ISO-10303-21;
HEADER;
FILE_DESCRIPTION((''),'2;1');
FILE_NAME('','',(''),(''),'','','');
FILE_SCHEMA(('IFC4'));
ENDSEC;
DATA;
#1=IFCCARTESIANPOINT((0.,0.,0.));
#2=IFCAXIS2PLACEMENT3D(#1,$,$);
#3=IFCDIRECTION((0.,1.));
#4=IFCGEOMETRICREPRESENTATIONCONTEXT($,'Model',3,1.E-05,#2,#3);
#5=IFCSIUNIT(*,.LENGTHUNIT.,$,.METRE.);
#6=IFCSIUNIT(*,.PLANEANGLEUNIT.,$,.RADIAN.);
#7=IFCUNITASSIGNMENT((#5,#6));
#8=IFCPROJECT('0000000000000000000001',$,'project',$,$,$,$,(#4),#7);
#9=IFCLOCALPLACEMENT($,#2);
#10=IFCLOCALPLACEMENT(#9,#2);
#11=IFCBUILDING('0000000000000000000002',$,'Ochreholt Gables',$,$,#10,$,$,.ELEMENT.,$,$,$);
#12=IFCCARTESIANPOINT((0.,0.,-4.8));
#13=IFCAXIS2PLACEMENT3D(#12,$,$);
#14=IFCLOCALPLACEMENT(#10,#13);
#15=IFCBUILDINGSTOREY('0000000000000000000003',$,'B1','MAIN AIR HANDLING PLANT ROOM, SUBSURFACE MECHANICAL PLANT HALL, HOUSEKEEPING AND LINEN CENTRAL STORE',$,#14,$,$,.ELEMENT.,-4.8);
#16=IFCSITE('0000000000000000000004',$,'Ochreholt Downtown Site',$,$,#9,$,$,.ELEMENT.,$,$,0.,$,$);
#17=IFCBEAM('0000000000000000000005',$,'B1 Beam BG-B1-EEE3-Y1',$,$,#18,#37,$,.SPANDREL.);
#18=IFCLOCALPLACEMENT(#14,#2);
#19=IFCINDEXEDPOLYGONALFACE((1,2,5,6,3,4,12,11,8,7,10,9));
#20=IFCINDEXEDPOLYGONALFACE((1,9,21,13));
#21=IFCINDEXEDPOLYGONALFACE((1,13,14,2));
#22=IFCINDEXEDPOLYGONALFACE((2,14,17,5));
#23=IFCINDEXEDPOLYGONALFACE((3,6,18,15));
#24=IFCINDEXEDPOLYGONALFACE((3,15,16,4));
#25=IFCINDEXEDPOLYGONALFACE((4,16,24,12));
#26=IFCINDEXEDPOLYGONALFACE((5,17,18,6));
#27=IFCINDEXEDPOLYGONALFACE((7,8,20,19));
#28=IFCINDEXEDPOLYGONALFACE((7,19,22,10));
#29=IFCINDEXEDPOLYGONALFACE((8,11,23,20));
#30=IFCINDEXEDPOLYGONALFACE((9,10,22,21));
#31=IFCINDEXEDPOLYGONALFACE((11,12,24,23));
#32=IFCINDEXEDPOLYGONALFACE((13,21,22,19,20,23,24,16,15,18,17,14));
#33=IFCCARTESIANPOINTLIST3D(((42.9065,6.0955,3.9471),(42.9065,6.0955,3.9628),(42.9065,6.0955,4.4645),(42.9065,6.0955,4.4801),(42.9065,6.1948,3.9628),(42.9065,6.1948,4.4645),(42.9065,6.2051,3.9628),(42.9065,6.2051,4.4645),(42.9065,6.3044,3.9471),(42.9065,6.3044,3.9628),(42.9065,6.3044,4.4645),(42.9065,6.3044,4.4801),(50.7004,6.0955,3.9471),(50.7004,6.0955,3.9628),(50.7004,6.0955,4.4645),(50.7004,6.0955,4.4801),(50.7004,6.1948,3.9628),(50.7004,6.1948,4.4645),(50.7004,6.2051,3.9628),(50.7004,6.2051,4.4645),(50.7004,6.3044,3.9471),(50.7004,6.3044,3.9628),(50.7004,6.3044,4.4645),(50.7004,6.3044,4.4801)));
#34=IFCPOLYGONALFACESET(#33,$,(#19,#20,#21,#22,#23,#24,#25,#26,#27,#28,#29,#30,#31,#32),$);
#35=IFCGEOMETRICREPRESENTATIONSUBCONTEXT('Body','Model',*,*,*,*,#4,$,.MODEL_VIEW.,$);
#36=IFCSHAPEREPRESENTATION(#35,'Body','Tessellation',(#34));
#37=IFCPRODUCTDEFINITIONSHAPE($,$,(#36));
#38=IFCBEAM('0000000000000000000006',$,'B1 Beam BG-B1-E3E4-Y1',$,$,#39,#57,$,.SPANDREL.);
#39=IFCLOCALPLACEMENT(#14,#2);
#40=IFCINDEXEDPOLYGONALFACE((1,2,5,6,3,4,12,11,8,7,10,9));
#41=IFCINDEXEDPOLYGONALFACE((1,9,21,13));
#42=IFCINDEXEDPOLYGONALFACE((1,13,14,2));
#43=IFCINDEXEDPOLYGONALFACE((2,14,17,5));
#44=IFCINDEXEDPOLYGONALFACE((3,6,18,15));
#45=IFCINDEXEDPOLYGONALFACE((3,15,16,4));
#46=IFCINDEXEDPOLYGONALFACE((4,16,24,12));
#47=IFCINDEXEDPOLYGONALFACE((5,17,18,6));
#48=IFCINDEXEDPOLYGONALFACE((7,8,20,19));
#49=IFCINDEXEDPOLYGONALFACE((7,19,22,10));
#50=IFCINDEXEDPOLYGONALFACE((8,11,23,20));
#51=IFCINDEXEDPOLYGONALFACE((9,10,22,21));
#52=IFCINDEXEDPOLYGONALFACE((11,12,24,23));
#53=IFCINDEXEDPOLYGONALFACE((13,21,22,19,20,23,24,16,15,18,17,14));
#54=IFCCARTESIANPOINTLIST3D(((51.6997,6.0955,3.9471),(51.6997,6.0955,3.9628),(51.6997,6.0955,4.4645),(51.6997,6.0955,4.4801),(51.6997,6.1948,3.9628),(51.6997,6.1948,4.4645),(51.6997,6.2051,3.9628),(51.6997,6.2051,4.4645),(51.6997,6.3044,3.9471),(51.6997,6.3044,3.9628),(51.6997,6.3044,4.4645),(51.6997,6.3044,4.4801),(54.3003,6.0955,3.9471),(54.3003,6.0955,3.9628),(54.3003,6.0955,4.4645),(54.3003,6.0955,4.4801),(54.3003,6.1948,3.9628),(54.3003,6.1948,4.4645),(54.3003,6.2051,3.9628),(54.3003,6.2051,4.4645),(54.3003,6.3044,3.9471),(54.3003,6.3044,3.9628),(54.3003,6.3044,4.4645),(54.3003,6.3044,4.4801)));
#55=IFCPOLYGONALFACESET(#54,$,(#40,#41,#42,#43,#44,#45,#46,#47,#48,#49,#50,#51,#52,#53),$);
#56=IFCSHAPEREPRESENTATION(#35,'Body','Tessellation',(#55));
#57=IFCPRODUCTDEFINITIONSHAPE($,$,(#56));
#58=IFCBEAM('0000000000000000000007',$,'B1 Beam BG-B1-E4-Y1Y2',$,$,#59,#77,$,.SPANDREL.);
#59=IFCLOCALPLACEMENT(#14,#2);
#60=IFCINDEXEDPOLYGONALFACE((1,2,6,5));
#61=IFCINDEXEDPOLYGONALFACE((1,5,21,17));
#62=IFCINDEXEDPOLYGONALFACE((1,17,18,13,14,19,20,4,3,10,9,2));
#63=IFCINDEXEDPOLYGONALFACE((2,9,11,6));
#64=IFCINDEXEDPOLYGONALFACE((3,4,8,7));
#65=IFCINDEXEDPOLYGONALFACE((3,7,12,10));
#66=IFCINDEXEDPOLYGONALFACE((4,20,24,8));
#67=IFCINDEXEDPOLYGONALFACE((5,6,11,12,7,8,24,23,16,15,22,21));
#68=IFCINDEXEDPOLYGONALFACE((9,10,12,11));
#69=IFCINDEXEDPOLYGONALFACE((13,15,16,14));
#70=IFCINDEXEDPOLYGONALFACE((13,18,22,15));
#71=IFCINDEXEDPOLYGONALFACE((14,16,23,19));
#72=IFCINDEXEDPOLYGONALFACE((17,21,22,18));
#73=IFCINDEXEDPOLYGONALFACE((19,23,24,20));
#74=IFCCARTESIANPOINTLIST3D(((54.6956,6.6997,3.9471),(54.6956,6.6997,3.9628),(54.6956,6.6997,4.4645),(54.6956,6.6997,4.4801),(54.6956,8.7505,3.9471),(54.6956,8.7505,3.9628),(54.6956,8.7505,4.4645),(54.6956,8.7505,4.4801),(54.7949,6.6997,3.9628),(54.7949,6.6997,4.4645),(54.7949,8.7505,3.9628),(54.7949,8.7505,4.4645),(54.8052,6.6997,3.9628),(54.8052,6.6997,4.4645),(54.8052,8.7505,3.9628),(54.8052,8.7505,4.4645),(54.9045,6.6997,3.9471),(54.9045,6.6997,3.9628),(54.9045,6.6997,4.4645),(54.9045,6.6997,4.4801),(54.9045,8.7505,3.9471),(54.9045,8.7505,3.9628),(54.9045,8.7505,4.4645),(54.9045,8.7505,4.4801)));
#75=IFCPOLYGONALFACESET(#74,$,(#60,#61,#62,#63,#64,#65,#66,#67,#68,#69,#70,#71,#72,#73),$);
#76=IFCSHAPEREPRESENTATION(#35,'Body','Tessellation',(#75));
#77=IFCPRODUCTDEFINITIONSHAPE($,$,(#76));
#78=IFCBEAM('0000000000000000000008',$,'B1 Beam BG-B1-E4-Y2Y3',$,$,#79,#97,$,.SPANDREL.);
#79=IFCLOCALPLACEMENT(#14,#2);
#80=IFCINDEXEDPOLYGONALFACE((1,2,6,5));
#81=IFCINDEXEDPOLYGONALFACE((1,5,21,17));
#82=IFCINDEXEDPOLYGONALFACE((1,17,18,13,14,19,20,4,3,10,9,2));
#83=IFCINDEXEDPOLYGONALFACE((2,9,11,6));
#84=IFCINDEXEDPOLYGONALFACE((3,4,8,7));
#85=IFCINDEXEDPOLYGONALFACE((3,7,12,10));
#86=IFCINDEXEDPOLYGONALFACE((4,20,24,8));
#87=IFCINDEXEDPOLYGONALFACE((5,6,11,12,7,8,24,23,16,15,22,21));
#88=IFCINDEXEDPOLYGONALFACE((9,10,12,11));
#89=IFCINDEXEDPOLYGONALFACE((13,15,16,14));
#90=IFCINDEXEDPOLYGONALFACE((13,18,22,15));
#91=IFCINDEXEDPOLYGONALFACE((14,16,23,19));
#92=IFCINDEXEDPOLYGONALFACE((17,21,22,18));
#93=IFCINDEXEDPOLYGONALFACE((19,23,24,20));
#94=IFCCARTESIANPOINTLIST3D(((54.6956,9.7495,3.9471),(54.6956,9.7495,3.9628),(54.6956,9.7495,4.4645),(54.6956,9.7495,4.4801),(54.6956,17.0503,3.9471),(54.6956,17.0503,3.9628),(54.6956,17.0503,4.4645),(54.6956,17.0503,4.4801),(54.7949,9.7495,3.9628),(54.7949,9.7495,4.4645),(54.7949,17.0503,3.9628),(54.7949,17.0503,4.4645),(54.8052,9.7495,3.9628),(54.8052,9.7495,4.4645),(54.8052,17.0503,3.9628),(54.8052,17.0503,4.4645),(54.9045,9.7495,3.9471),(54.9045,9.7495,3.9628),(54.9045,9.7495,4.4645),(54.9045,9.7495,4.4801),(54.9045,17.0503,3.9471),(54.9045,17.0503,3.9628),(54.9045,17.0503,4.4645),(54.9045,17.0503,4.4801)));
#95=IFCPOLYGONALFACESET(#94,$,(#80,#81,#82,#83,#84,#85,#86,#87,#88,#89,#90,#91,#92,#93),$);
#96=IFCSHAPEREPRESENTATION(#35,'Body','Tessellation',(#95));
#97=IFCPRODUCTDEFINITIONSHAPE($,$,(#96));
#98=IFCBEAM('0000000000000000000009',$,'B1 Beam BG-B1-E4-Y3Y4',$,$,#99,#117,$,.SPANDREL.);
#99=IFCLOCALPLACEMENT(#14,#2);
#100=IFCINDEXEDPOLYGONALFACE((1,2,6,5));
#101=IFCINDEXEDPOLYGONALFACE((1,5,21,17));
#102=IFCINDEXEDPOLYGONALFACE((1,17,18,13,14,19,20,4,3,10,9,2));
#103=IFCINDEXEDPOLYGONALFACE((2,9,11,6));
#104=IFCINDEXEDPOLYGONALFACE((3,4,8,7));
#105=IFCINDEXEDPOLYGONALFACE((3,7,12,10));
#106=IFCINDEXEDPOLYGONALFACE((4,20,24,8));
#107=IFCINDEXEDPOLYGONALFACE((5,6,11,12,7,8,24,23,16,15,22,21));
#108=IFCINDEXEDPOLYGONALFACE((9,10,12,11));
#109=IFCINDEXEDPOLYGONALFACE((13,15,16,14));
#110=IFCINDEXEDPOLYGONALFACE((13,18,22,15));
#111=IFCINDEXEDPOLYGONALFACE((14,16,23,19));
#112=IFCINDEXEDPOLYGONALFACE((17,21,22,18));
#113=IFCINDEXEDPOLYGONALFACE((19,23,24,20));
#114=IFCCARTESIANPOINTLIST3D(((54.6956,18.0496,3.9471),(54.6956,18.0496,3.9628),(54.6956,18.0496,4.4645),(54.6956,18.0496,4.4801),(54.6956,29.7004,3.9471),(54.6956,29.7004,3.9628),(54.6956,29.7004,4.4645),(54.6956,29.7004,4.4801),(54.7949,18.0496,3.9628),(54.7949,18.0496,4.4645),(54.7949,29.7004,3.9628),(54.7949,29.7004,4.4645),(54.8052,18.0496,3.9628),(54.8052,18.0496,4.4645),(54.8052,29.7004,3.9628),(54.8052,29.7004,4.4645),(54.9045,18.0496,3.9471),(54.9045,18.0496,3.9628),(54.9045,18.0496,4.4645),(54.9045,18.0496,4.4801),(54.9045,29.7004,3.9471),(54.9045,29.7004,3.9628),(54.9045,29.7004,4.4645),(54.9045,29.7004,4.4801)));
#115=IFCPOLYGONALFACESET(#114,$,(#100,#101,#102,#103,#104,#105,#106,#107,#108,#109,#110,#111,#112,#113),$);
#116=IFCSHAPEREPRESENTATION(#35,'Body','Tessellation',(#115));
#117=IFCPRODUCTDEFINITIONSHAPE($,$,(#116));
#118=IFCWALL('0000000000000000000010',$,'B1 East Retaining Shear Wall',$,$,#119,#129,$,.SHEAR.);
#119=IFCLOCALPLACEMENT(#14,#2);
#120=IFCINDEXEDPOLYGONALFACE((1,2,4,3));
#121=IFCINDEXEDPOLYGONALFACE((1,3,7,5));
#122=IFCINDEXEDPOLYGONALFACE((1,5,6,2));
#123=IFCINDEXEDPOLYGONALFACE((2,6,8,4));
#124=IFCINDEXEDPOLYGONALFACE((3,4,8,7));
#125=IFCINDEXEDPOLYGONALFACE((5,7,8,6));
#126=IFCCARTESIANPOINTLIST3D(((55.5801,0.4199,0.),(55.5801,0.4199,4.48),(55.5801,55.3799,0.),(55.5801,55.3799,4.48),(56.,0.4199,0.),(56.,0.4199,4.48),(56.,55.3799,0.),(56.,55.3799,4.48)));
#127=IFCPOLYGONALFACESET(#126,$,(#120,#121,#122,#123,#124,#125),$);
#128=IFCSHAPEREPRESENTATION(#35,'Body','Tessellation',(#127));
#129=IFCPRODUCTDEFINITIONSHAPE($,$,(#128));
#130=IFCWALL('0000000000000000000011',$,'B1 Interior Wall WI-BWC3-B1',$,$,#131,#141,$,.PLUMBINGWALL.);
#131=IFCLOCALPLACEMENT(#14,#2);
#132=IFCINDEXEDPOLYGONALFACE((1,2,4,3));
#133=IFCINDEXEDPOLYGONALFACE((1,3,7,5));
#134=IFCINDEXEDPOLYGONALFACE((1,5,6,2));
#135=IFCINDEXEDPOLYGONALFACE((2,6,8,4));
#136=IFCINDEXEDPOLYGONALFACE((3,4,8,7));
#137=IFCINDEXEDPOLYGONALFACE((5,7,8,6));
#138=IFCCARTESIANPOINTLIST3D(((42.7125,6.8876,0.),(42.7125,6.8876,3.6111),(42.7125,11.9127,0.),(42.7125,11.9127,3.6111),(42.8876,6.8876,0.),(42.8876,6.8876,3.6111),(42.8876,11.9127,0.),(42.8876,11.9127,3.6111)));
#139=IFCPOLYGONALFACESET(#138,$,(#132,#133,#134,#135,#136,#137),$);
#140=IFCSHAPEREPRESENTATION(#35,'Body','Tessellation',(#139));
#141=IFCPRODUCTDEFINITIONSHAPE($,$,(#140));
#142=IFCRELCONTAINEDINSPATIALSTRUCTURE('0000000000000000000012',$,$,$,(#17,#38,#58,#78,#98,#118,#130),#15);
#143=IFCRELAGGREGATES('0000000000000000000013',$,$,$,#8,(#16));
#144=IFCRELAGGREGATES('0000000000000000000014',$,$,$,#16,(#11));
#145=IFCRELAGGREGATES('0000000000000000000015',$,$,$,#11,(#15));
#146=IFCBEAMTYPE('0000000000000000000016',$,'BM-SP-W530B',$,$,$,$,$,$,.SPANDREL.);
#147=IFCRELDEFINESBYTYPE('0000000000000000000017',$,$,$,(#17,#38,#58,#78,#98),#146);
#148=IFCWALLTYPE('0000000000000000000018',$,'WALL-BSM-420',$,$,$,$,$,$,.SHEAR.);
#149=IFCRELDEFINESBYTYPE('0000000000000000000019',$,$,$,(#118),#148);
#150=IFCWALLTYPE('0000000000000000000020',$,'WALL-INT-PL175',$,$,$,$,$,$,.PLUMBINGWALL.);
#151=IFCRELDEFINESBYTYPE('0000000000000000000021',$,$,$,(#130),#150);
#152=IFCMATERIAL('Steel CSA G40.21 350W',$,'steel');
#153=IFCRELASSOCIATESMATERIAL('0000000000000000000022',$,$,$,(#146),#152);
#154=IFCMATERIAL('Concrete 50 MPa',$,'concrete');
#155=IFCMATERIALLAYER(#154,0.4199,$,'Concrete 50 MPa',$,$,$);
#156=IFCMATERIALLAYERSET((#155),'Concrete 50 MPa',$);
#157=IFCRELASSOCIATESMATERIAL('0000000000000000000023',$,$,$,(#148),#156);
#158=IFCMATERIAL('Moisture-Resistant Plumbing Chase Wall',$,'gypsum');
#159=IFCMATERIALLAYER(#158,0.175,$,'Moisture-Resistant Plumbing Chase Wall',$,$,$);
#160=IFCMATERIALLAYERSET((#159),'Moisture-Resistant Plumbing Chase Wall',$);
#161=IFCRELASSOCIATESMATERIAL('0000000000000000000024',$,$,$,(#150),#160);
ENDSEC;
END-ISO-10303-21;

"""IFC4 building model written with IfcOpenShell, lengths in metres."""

from ifc_helpers import new_model, si_unit, direction, frame, frame_2d, origin, origin_2d, place, context, subcontext, project, spatial, rectangle, i_section, extrude, material, layer, layer_set, material_profile, profile_set, type_object, element, save


model = new_model("IFC4")

# Units and contexts
model_context = context("Model", 3, precision=1e-05, world=origin(), true_north=direction((0.0, 1.0)))
body_context = subcontext(model_context, "Body", "Model", "MODEL_VIEW")
ifc_project = project(units=[si_unit("LENGTHUNIT", "METRE"), si_unit("PLANEANGLEUNIT", "RADIAN")], contexts=[model_context])

# Site, building, storey
site_placement = place(None, origin())
site = spatial("IfcSite", under=ifc_project, at=site_placement, Name="Ochreholt Downtown Site", CompositionType="ELEMENT", RefElevation=0.0)
building_placement = place(site_placement, origin())
building = spatial("IfcBuilding", under=site, at=building_placement, Name="Ochreholt Gables", CompositionType="ELEMENT")
storey_placement = place(building_placement, frame((0.0, 0.0, -4.8)))
storey = spatial("IfcBuildingStorey", under=building, at=storey_placement, Name="B1", Description="MAIN AIR HANDLING PLANT ROOM, SUBSURFACE MECHANICAL PLANT HALL, HOUSEKEEPING AND LINEN CENTRAL STORE", CompositionType="ELEMENT", Elevation=-4.8)

# Shared definitions
ifc_material_1 = material(Name="Steel CSA G40.21 350W", Category="steel")

# Beams
ifc_material_profile_1 = material_profile(ifc_material_1, i_section(OverallWidth=0.209, OverallDepth=0.533, WebThickness=0.0103, FlangeThickness=0.0156, at=origin_2d()), Name="W530X92")
ifc_profile_set_1 = profile_set([ifc_material_profile_1], Name="Steel CSA G40.21 350W")
beam_type_1 = type_object("IfcBeamType", Name="BM-SP-W530B", PredefinedType="SPANDREL", material=ifc_profile_set_1)
beam_1_placement = place(storey_placement, frame((42.9065, 6.2, 4.2136), z_axis=(1.0, 0.0, 0.0), x_axis=(0.0, 1.0, 0.0)))
element("IfcBeam", 1, at=beam_1_placement, inside=storey, type_object=beam_type_1, Name="B1 Beam BG-B1-EEE3-Y1", PredefinedType="SPANDREL", context=body_context, shape_type="SweptSolid", body=[
    extrude(i_section(OverallWidth=0.209, OverallDepth=0.533, WebThickness=0.0103, FlangeThickness=0.0156, at=origin_2d()), origin(), (0.0, 0.0, 1.0), 7.7939),
])
beam_2_placement = place(storey_placement, frame((51.6997, 6.2, 4.2136), z_axis=(1.0, 0.0, 0.0), x_axis=(0.0, 1.0, 0.0)))
element("IfcBeam", 2, at=beam_2_placement, inside=storey, type_object=beam_type_1, Name="B1 Beam BG-B1-E3E4-Y1", PredefinedType="SPANDREL", context=body_context, shape_type="SweptSolid", body=[
    extrude(i_section(OverallWidth=0.209, OverallDepth=0.533, WebThickness=0.0103, FlangeThickness=0.0156, at=origin_2d()), origin(), (0.0, 0.0, 1.0), 2.6006),
])
beam_3_placement = place(storey_placement, frame((54.8, 6.6997, 4.2136), z_axis=(0.0, 1.0, 0.0), x_axis=(-1.0, 0.0, 0.0)))
element("IfcBeam", 3, at=beam_3_placement, inside=storey, type_object=beam_type_1, Name="B1 Beam BG-B1-E4-Y1Y2", PredefinedType="SPANDREL", context=body_context, shape_type="SweptSolid", body=[
    extrude(i_section(OverallWidth=0.209, OverallDepth=0.533, WebThickness=0.0103, FlangeThickness=0.0156, at=origin_2d()), origin(), (0.0, 0.0, 1.0), 2.0508),
])
beam_4_placement = place(storey_placement, frame((54.8, 9.7495, 4.2136), z_axis=(0.0, 1.0, 0.0), x_axis=(-1.0, 0.0, 0.0)))
element("IfcBeam", 4, at=beam_4_placement, inside=storey, type_object=beam_type_1, Name="B1 Beam BG-B1-E4-Y2Y3", PredefinedType="SPANDREL", context=body_context, shape_type="SweptSolid", body=[
    extrude(i_section(OverallWidth=0.209, OverallDepth=0.533, WebThickness=0.0103, FlangeThickness=0.0156, at=origin_2d()), origin(), (0.0, 0.0, 1.0), 7.3008),
])
beam_5_placement = place(storey_placement, frame((54.8, 18.0496, 4.2136), z_axis=(0.0, 1.0, 0.0), x_axis=(-1.0, 0.0, 0.0)))
element("IfcBeam", 5, at=beam_5_placement, inside=storey, type_object=beam_type_1, Name="B1 Beam BG-B1-E4-Y3Y4", PredefinedType="SPANDREL", context=body_context, shape_type="SweptSolid", body=[
    extrude(i_section(OverallWidth=0.209, OverallDepth=0.533, WebThickness=0.0103, FlangeThickness=0.0156, at=origin_2d()), origin(), (0.0, 0.0, 1.0), 11.6509),
])

# Walls
ifc_material_2 = material(Name="Concrete 50 MPa", Category="concrete")
ifc_layer_1 = layer(ifc_material_2, 0.4199, Name="Concrete 50 MPa")
ifc_layer_set_1 = layer_set([ifc_layer_1], Name="Concrete 50 MPa")
wall_type_1 = type_object("IfcWallType", Name="WALL-BSM-420", PredefinedType="SHEAR", material=ifc_layer_set_1)
wall_1_placement = place(storey_placement, frame((55.79, 0.4199, 0.0), z_axis=(0.0, 0.0, 1.0), x_axis=(0.0, 1.0, 0.0)))
element("IfcWall", 6, at=wall_1_placement, inside=storey, type_object=wall_type_1, Name="B1 East Retaining Shear Wall", PredefinedType="SHEAR", context=body_context, shape_type="SweptSolid", body=[
    extrude(rectangle(XDim=54.96, YDim=0.4199, at=frame_2d((27.48, 0.0))), origin(), (0.0, 0.0, 1.0), 4.48),
])
ifc_material_3 = material(Name="Moisture-Resistant Plumbing Chase Wall", Category="gypsum")
ifc_layer_2 = layer(ifc_material_3, 0.175, Name="Moisture-Resistant Plumbing Chase Wall")
ifc_layer_set_2 = layer_set([ifc_layer_2], Name="Moisture-Resistant Plumbing Chase Wall")
wall_type_2 = type_object("IfcWallType", Name="WALL-INT-PL175", PredefinedType="PLUMBINGWALL", material=ifc_layer_set_2)
wall_2_placement = place(storey_placement, frame((42.8, 6.8875, 0.0), z_axis=(0.0, 0.0, 1.0), x_axis=(0.0, 1.0, 0.0)))
element("IfcWall", 7, at=wall_2_placement, inside=storey, type_object=wall_type_2, Name="B1 Interior Wall WI-BWC3-B1", PredefinedType="PLUMBINGWALL", context=body_context, shape_type="SweptSolid", body=[
    extrude(rectangle(XDim=5.0251, YDim=0.175, at=frame_2d((2.5127, 0.0))), origin(), (0.0, 0.0, 1.0), 3.6111),
])

save(model, "model.ifc")
